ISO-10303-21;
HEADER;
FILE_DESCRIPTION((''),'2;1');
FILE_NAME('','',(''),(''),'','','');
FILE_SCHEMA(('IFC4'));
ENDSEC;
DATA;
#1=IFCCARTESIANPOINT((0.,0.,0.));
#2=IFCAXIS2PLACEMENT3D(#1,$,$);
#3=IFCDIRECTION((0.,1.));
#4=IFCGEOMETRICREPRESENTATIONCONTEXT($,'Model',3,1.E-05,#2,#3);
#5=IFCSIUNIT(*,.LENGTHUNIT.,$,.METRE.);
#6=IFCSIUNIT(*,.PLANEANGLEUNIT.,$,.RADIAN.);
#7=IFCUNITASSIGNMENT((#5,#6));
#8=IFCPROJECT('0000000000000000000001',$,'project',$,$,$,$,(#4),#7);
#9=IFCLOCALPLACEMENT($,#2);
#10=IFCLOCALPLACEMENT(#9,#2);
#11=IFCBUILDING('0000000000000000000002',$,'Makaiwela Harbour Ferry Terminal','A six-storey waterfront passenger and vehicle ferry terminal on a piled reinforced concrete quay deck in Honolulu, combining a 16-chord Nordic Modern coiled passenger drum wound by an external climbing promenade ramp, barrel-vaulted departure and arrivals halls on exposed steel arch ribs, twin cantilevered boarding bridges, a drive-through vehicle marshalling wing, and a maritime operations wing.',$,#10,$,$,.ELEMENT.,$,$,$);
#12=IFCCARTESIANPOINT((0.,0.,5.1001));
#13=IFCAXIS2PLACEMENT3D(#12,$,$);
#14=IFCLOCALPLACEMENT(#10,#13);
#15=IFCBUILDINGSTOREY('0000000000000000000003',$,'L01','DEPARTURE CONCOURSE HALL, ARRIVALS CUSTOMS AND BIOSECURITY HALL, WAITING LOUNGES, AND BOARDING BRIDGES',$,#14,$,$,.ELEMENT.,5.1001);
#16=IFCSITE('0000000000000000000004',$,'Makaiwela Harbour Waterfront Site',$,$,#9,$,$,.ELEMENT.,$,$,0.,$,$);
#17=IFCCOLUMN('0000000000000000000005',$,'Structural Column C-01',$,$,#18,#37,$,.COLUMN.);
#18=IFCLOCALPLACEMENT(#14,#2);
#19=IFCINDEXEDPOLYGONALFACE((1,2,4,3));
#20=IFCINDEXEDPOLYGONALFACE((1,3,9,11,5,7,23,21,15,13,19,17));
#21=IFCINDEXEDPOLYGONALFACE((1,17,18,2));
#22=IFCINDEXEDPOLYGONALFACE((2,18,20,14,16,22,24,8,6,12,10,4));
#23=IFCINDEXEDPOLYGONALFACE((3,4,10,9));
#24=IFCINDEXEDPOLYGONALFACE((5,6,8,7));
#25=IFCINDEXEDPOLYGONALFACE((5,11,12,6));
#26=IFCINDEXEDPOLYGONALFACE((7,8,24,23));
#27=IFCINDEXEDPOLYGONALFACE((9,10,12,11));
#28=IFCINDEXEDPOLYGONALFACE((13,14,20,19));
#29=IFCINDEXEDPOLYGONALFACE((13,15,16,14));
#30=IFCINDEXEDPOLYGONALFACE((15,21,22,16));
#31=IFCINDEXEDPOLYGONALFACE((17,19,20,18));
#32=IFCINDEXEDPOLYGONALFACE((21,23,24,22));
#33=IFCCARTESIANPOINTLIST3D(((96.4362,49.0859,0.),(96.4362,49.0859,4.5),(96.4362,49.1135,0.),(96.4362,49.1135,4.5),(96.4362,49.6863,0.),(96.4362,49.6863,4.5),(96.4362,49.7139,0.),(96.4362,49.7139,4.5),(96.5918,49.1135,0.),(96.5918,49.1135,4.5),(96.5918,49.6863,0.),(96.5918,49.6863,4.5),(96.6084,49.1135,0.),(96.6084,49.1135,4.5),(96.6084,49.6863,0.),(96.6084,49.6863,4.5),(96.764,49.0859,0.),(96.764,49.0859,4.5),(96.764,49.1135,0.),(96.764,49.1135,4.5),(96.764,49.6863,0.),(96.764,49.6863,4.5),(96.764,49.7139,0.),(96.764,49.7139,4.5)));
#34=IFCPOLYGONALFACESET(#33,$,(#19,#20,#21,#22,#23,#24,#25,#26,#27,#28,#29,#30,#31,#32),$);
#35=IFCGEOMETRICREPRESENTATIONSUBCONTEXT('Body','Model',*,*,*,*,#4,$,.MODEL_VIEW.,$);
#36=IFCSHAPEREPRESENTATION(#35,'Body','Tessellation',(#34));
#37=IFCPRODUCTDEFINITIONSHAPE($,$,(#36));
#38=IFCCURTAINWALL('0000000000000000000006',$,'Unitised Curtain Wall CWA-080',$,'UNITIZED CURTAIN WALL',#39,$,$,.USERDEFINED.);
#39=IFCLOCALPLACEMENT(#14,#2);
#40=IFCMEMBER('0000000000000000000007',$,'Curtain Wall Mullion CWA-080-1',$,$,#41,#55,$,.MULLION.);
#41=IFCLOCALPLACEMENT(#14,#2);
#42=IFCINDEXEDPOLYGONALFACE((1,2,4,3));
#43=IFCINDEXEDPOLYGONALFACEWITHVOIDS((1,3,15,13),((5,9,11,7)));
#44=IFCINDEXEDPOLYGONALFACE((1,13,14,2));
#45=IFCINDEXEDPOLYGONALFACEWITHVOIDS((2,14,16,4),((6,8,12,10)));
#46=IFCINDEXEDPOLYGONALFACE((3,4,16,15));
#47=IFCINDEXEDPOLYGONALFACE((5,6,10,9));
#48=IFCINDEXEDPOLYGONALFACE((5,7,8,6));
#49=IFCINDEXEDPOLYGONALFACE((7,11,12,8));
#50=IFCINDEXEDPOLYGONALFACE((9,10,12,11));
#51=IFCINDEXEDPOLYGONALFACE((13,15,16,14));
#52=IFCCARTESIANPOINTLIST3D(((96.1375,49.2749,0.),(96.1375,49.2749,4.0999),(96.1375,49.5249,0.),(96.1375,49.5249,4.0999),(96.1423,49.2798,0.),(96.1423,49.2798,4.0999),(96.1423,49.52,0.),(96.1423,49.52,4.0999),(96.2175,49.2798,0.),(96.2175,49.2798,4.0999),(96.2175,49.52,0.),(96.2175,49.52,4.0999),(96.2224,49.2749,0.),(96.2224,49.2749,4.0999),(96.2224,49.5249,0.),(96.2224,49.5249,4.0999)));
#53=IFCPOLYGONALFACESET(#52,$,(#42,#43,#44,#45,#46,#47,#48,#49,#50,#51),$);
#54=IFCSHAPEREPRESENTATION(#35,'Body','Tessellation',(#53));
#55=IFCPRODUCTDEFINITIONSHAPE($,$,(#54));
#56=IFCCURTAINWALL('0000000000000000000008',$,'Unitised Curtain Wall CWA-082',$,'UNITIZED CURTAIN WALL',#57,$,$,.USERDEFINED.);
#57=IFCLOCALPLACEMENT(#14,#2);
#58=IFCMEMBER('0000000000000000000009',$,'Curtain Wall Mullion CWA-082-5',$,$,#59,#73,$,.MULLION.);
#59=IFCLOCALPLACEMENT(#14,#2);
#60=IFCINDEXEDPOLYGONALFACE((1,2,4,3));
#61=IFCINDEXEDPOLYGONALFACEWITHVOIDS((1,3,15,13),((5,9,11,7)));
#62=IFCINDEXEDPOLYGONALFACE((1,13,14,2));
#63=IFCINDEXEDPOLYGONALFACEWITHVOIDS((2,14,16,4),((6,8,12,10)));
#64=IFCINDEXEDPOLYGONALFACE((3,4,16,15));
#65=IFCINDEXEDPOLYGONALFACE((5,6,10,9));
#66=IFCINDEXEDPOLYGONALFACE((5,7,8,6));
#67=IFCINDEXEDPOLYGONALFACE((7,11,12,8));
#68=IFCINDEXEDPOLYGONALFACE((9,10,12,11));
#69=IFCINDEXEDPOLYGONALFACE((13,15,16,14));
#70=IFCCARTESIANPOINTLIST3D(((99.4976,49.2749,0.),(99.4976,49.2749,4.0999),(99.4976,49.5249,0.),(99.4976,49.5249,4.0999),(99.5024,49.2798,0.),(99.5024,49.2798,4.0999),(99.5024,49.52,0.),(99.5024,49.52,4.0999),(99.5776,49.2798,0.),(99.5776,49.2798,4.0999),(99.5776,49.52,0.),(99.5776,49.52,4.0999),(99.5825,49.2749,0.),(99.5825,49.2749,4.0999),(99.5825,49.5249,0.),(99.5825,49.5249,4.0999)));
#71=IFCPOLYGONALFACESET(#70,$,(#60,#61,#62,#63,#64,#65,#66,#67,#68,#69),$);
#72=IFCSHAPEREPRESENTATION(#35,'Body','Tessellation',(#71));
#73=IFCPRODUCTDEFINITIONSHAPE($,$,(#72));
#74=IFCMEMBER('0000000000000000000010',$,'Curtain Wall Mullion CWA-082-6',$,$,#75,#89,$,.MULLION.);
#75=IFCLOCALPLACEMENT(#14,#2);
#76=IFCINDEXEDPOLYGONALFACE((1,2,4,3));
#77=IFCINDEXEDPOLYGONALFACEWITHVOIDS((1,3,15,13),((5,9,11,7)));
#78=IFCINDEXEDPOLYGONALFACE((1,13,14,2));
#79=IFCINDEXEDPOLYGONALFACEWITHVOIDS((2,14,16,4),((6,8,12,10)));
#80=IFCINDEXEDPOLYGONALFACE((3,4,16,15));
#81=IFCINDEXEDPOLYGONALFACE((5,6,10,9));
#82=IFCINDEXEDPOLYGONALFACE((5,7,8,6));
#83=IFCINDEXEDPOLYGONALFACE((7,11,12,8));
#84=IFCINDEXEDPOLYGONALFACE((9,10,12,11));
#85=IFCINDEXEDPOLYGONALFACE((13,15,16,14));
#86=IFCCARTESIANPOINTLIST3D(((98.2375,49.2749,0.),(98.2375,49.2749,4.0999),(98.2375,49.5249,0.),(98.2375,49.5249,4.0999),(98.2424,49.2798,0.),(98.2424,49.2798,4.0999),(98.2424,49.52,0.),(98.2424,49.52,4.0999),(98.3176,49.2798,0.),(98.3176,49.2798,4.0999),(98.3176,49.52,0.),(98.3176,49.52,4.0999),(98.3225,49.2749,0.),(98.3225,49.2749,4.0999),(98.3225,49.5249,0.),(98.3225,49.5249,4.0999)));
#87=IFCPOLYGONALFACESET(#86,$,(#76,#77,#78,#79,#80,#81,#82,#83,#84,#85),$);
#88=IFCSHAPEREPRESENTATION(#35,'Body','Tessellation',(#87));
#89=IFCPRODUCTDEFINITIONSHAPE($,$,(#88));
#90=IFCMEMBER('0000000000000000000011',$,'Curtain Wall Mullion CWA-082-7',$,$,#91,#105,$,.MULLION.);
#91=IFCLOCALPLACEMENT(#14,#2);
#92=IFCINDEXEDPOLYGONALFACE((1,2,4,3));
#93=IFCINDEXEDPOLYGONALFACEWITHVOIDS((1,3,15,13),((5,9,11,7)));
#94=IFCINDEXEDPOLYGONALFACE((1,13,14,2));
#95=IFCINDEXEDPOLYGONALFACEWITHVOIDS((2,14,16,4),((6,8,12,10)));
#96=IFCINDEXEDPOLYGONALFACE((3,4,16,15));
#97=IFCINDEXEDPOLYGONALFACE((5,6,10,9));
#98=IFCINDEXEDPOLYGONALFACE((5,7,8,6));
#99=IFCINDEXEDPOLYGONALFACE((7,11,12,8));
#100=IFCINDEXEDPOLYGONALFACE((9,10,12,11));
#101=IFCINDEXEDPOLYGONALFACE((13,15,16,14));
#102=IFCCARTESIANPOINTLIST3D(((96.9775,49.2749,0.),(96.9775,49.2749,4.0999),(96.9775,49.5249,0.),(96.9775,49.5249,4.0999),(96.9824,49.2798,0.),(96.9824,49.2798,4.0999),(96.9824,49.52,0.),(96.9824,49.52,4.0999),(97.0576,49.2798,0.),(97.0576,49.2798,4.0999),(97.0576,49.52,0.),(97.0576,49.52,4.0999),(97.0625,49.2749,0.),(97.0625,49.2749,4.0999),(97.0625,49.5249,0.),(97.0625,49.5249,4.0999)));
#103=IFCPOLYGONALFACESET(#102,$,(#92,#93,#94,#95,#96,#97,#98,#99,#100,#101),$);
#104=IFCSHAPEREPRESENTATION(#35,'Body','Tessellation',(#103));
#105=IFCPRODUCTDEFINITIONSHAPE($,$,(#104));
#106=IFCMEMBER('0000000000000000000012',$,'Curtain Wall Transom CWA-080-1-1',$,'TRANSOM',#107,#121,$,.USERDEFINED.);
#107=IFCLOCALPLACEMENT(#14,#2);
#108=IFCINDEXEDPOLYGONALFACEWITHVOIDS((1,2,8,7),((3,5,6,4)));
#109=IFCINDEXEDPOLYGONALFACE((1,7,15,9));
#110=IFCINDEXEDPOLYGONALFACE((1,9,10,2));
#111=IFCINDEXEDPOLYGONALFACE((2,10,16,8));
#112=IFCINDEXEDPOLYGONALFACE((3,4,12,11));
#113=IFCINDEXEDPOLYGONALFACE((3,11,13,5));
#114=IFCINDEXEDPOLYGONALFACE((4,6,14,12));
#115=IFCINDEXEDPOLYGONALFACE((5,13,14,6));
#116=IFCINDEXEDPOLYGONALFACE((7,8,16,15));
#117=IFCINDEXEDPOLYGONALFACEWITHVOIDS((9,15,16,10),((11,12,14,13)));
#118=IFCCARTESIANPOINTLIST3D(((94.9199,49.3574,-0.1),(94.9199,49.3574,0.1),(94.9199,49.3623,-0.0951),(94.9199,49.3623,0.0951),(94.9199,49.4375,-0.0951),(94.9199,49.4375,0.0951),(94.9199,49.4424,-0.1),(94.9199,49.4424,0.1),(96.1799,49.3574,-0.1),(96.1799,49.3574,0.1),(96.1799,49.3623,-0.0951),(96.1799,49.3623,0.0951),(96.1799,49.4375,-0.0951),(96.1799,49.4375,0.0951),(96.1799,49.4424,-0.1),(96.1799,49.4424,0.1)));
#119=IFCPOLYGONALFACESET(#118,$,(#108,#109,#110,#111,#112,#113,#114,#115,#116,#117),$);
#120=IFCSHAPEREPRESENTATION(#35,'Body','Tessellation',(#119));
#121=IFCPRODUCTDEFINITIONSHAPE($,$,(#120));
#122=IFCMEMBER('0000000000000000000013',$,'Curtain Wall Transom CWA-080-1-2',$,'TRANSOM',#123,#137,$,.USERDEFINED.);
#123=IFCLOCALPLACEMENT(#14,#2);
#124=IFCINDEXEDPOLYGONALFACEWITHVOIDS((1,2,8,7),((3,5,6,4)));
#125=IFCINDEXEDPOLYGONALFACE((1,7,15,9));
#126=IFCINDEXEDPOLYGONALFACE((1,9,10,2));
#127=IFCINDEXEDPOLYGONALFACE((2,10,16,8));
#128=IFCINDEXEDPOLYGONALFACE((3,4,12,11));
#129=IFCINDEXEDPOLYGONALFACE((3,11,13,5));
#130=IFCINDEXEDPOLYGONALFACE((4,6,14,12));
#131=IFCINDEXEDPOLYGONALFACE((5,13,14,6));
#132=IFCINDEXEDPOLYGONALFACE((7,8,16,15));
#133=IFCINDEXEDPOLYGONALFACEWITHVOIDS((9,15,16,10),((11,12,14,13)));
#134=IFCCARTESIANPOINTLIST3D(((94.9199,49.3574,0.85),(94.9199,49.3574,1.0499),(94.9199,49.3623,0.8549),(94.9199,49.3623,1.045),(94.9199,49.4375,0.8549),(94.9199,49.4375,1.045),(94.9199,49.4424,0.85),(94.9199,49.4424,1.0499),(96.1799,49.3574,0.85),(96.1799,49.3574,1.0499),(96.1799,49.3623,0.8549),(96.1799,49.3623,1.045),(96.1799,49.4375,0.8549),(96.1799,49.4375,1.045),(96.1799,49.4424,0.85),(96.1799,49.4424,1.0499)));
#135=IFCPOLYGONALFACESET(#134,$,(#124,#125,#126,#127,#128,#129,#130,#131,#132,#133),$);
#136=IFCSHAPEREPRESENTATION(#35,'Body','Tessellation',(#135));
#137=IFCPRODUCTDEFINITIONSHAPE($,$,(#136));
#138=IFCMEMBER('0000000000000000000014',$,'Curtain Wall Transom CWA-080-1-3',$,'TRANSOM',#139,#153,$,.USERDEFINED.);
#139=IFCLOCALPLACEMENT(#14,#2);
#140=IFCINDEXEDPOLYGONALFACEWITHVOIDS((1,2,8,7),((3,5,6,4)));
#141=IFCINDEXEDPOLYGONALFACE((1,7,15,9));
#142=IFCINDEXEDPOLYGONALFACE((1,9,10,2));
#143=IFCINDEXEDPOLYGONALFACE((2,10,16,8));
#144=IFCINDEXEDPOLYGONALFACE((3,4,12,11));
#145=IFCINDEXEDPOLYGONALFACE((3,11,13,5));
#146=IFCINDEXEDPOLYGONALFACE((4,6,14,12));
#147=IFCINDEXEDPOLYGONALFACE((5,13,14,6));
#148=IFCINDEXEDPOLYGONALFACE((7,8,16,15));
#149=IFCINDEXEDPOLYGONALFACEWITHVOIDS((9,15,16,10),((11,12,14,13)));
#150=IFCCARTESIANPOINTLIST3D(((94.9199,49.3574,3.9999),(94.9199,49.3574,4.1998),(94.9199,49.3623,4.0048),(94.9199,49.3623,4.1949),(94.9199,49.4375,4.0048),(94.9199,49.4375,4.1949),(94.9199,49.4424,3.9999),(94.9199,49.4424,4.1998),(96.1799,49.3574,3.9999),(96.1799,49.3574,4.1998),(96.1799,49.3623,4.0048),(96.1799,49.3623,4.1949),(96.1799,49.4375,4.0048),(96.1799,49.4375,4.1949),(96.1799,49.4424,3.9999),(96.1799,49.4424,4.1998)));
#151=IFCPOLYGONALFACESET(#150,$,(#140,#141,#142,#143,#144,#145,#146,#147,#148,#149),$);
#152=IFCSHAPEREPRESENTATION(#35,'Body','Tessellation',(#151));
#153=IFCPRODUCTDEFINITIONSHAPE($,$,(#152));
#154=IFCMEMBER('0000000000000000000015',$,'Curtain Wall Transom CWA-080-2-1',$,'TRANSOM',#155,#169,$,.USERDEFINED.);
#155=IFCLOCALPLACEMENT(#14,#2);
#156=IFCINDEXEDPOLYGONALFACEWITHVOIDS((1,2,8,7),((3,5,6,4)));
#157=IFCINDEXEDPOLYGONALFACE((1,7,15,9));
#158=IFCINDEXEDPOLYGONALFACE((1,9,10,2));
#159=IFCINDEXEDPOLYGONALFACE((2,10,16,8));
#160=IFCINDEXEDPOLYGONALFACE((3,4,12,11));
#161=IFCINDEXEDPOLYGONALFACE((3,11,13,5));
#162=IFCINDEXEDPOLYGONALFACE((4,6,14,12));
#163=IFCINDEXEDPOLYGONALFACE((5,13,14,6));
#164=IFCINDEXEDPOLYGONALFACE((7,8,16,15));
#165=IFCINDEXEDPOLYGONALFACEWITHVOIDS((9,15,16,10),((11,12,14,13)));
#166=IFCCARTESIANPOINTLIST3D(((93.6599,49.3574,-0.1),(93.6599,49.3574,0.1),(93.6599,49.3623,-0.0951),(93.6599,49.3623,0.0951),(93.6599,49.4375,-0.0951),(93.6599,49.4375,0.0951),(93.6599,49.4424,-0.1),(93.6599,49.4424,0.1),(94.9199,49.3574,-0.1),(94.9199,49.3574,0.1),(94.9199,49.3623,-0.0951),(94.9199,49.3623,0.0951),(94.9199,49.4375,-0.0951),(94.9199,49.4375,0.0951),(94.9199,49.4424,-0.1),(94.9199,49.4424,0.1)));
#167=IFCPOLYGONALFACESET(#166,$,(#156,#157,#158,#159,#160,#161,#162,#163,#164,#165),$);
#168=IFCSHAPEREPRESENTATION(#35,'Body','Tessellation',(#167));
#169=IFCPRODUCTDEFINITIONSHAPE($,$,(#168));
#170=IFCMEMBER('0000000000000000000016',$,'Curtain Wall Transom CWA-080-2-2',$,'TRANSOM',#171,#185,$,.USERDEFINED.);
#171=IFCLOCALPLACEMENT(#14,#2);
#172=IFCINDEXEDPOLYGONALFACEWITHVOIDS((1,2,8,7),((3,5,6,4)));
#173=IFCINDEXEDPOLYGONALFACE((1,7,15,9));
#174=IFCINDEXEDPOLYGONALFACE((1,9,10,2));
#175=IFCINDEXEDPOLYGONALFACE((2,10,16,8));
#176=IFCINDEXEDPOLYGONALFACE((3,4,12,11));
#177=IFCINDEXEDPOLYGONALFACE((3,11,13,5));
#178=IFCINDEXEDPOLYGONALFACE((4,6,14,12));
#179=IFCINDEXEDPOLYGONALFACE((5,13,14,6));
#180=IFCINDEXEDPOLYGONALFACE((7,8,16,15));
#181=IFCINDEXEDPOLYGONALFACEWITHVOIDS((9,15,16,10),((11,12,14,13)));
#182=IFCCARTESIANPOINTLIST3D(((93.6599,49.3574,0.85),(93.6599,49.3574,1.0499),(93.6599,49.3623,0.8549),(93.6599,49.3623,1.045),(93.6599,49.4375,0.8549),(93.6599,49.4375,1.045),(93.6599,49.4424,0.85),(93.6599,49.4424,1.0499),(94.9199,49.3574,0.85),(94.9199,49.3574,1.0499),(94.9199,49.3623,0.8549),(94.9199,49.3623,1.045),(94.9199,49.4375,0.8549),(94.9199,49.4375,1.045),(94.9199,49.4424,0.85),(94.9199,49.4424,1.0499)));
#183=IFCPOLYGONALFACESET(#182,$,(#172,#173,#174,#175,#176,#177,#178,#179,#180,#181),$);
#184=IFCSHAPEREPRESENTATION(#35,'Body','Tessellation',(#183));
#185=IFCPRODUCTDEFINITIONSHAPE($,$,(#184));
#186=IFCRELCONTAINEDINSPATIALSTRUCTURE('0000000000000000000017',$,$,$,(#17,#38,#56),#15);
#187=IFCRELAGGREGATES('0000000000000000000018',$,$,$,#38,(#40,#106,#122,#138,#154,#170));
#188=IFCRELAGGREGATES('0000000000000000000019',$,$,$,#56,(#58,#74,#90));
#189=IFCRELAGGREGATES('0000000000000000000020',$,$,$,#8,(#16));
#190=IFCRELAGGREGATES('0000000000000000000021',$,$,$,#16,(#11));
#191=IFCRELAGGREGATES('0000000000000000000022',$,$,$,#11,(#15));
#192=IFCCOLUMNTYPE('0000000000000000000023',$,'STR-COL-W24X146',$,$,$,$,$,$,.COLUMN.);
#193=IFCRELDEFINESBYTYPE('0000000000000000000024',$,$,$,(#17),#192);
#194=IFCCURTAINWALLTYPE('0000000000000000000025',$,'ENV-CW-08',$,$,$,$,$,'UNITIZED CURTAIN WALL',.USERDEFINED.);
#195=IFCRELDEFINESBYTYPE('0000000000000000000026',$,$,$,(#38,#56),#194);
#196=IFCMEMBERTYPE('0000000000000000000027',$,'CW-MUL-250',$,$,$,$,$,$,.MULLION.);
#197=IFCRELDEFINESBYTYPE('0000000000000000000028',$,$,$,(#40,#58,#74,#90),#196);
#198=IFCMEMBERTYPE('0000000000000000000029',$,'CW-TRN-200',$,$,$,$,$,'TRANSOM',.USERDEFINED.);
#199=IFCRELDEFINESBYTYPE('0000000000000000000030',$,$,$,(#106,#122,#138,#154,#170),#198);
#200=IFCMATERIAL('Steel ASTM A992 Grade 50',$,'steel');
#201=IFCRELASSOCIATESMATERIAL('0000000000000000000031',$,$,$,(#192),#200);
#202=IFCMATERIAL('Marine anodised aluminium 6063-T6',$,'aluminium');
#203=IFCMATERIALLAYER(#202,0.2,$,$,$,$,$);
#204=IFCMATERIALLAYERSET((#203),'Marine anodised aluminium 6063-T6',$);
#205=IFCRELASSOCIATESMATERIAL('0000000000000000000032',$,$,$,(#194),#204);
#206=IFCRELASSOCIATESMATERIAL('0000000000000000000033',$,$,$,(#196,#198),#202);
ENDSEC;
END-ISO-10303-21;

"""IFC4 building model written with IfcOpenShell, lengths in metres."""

from ifc_helpers import new_model, si_unit, direction, frame, origin, origin_2d, place, context, subcontext, project, spatial, hollow_rectangle, i_section, extrude, material, layer, layer_set, material_profile, profile_set, type_object, element, aggregate, save


model = new_model("IFC4")

# Units and contexts
model_context = context("Model", 3, precision=1e-05, world=origin(), true_north=direction((0.0, 1.0)))
body_context = subcontext(model_context, "Body", "Model", "MODEL_VIEW")
ifc_project = project(units=[si_unit("LENGTHUNIT", "METRE"), si_unit("PLANEANGLEUNIT", "RADIAN")], contexts=[model_context])

# Site, building, storey
site_placement = place(None, origin())
site = spatial("IfcSite", under=ifc_project, at=site_placement, Name="Makaiwela Harbour Waterfront Site", CompositionType="ELEMENT", RefElevation=0.0)
building_placement = place(site_placement, origin())
building = spatial("IfcBuilding", under=site, at=building_placement, Name="Makaiwela Harbour Ferry Terminal", Description="A six-storey waterfront passenger and vehicle ferry terminal on a piled reinforced concrete quay deck in Honolulu, combining a 16-chord Nordic Modern coiled passenger drum wound by an external climbing promenade ramp, barrel-vaulted departure and arrivals halls on exposed steel arch ribs, twin cantilevered boarding bridges, a drive-through vehicle marshalling wing, and a maritime operations wing.", CompositionType="ELEMENT")
storey_placement = place(building_placement, frame((0.0, 0.0, 5.1001)))
storey = spatial("IfcBuildingStorey", under=building, at=storey_placement, Name="L01", Description="DEPARTURE CONCOURSE HALL, ARRIVALS CUSTOMS AND BIOSECURITY HALL, WAITING LOUNGES, AND BOARDING BRIDGES", CompositionType="ELEMENT", Elevation=5.1001)

# Column
ifc_material_1 = material(Name="Steel ASTM A992 Grade 50", Category="steel")
ifc_material_profile_1 = material_profile(ifc_material_1, i_section(OverallWidth=0.3279, OverallDepth=0.6279, WebThickness=0.0166, FlangeThickness=0.0276, at=origin_2d()), Name="W24X146")
ifc_profile_set_1 = profile_set([ifc_material_profile_1], Name="Steel ASTM A992 Grade 50")
column_type = type_object("IfcColumnType", Name="STR-COL-W24X146", PredefinedType="COLUMN", material=ifc_profile_set_1)
column_placement = place(storey_placement, frame((96.6001, 49.3999, 0.0), z_axis=(0.0, 0.0, 1.0), x_axis=(1.0, 0.0, 0.0)))
element("IfcColumn", 1, at=column_placement, inside=storey, type_object=column_type, Name="Structural Column C-01", PredefinedType="COLUMN", context=body_context, shape_type="SweptSolid", body=[
    extrude(i_section(OverallWidth=0.3279, OverallDepth=0.6279, WebThickness=0.0166, FlangeThickness=0.0276, at=origin_2d()), origin(), (0.0, 0.0, 1.0), 4.5),
])

# Curtain wall, member
ifc_material_2 = material(Name="Marine anodised aluminium 6063-T6", Category="aluminium")
ifc_layer_1 = layer(ifc_material_2, 0.2)
ifc_layer_set_1 = layer_set([ifc_layer_1], Name="Marine anodised aluminium 6063-T6")
curtain_wall_type = type_object("IfcCurtainWallType", Name="ENV-CW-08", ElementType="UNITIZED CURTAIN WALL", PredefinedType="USERDEFINED", material=ifc_layer_set_1)
curtain_wall_1_placement = place(storey_placement, origin())
curtain_wall_1 = element("IfcCurtainWall", 2, at=curtain_wall_1_placement, inside=storey, type_object=curtain_wall_type, Name="Unitised Curtain Wall CWA-080", ObjectType="UNITIZED CURTAIN WALL", PredefinedType="USERDEFINED")
ifc_material_profile_2 = material_profile(ifc_material_2, hollow_rectangle(XDim=0.085, YDim=0.25, WallThickness=0.0049, at=origin_2d()), Name="CWM-250X85")
ifc_profile_set_2 = profile_set([ifc_material_profile_2], Name="Marine anodised aluminium 6063-T6")
member_type_1 = type_object("IfcMemberType", Name="CW-MUL-250", PredefinedType="MULLION", material=ifc_profile_set_2)
member_1_placement = place(storey_placement, frame((96.1799, 49.3999, 0.0), z_axis=(0.0, 0.0, 1.0), x_axis=(1.0, 0.0, 0.0)))
member_1 = element("IfcMember", 3, at=member_1_placement, type_object=member_type_1, Name="Curtain Wall Mullion CWA-080-1", PredefinedType="MULLION", context=body_context, shape_type="SweptSolid", body=[
    extrude(hollow_rectangle(XDim=0.085, YDim=0.25, WallThickness=0.0049, at=origin_2d()), origin(), (0.0, 0.0, 1.0), 4.0999),
])

# Curtain wall, members
curtain_wall_2_placement = place(storey_placement, origin())
curtain_wall_2 = element("IfcCurtainWall", 4, at=curtain_wall_2_placement, inside=storey, type_object=curtain_wall_type, Name="Unitised Curtain Wall CWA-082", ObjectType="UNITIZED CURTAIN WALL", PredefinedType="USERDEFINED")
member_2_placement = place(storey_placement, frame((99.54, 49.3999, 0.0), z_axis=(0.0, 0.0, 1.0), x_axis=(1.0, 0.0, 0.0)))
member_2 = element("IfcMember", 5, at=member_2_placement, type_object=member_type_1, Name="Curtain Wall Mullion CWA-082-5", PredefinedType="MULLION", context=body_context, shape_type="SweptSolid", body=[
    extrude(hollow_rectangle(XDim=0.085, YDim=0.25, WallThickness=0.0049, at=origin_2d()), origin(), (0.0, 0.0, 1.0), 4.0999),
])
member_3_placement = place(storey_placement, frame((98.28, 49.3999, 0.0), z_axis=(0.0, 0.0, 1.0), x_axis=(1.0, 0.0, 0.0)))
member_3 = element("IfcMember", 6, at=member_3_placement, type_object=member_type_1, Name="Curtain Wall Mullion CWA-082-6", PredefinedType="MULLION", context=body_context, shape_type="SweptSolid", body=[
    extrude(hollow_rectangle(XDim=0.085, YDim=0.25, WallThickness=0.0049, at=origin_2d()), origin(), (0.0, 0.0, 1.0), 4.0999),
])
member_4_placement = place(storey_placement, frame((97.02, 49.3999, 0.0), z_axis=(0.0, 0.0, 1.0), x_axis=(1.0, 0.0, 0.0)))
member_4 = element("IfcMember", 7, at=member_4_placement, type_object=member_type_1, Name="Curtain Wall Mullion CWA-082-7", PredefinedType="MULLION", context=body_context, shape_type="SweptSolid", body=[
    extrude(hollow_rectangle(XDim=0.085, YDim=0.25, WallThickness=0.0049, at=origin_2d()), origin(), (0.0, 0.0, 1.0), 4.0999),
])

# Members
ifc_material_profile_3 = material_profile(ifc_material_2, hollow_rectangle(XDim=0.085, YDim=0.2, WallThickness=0.0049, at=origin_2d()), Name="CWT-200X85")
ifc_profile_set_3 = profile_set([ifc_material_profile_3], Name="Marine anodised aluminium 6063-T6")
member_type_2 = type_object("IfcMemberType", Name="CW-TRN-200", ElementType="TRANSOM", PredefinedType="USERDEFINED", material=ifc_profile_set_3)
member_5_placement = place(storey_placement, frame((96.1799, 49.3999, 0.0), z_axis=(-1.0, 0.0, 0.0), x_axis=(0.0, -1.0, 0.0)))
member_5 = element("IfcMember", 8, at=member_5_placement, type_object=member_type_2, Name="Curtain Wall Transom CWA-080-1-1", ObjectType="TRANSOM", PredefinedType="USERDEFINED", context=body_context, shape_type="SweptSolid", body=[
    extrude(hollow_rectangle(XDim=0.085, YDim=0.2, WallThickness=0.0049, at=origin_2d()), origin(), (0.0, 0.0, 1.0), 1.26),
])
member_6_placement = place(storey_placement, frame((96.1799, 49.3999, 0.95), z_axis=(-1.0, 0.0, 0.0), x_axis=(0.0, -1.0, 0.0)))
member_6 = element("IfcMember", 9, at=member_6_placement, type_object=member_type_2, Name="Curtain Wall Transom CWA-080-1-2", ObjectType="TRANSOM", PredefinedType="USERDEFINED", context=body_context, shape_type="SweptSolid", body=[
    extrude(hollow_rectangle(XDim=0.085, YDim=0.2, WallThickness=0.0049, at=origin_2d()), origin(), (0.0, 0.0, 1.0), 1.26),
])
member_7_placement = place(storey_placement, frame((96.1799, 49.3999, 4.0999), z_axis=(-1.0, 0.0, 0.0), x_axis=(0.0, -1.0, 0.0)))
member_7 = element("IfcMember", 10, at=member_7_placement, type_object=member_type_2, Name="Curtain Wall Transom CWA-080-1-3", ObjectType="TRANSOM", PredefinedType="USERDEFINED", context=body_context, shape_type="SweptSolid", body=[
    extrude(hollow_rectangle(XDim=0.085, YDim=0.2, WallThickness=0.0049, at=origin_2d()), origin(), (0.0, 0.0, 1.0), 1.26),
])
member_8_placement = place(storey_placement, frame((94.9199, 49.3999, 0.0), z_axis=(-1.0, 0.0, 0.0), x_axis=(0.0, -1.0, 0.0)))
member_8 = element("IfcMember", 11, at=member_8_placement, type_object=member_type_2, Name="Curtain Wall Transom CWA-080-2-1", ObjectType="TRANSOM", PredefinedType="USERDEFINED", context=body_context, shape_type="SweptSolid", body=[
    extrude(hollow_rectangle(XDim=0.085, YDim=0.2, WallThickness=0.0049, at=origin_2d()), origin(), (0.0, 0.0, 1.0), 1.26),
])
member_9_placement = place(storey_placement, frame((94.9199, 49.3999, 0.95), z_axis=(-1.0, 0.0, 0.0), x_axis=(0.0, -1.0, 0.0)))
member_9 = element("IfcMember", 12, at=member_9_placement, type_object=member_type_2, Name="Curtain Wall Transom CWA-080-2-2", ObjectType="TRANSOM", PredefinedType="USERDEFINED", context=body_context, shape_type="SweptSolid", body=[
    extrude(hollow_rectangle(XDim=0.085, YDim=0.2, WallThickness=0.0049, at=origin_2d()), origin(), (0.0, 0.0, 1.0), 1.26),
])

aggregate(curtain_wall_1, [member_1, member_5, member_6, member_7, member_8, member_9])
aggregate(curtain_wall_2, [member_2, member_3, member_4])

save(model, "model.ifc")
